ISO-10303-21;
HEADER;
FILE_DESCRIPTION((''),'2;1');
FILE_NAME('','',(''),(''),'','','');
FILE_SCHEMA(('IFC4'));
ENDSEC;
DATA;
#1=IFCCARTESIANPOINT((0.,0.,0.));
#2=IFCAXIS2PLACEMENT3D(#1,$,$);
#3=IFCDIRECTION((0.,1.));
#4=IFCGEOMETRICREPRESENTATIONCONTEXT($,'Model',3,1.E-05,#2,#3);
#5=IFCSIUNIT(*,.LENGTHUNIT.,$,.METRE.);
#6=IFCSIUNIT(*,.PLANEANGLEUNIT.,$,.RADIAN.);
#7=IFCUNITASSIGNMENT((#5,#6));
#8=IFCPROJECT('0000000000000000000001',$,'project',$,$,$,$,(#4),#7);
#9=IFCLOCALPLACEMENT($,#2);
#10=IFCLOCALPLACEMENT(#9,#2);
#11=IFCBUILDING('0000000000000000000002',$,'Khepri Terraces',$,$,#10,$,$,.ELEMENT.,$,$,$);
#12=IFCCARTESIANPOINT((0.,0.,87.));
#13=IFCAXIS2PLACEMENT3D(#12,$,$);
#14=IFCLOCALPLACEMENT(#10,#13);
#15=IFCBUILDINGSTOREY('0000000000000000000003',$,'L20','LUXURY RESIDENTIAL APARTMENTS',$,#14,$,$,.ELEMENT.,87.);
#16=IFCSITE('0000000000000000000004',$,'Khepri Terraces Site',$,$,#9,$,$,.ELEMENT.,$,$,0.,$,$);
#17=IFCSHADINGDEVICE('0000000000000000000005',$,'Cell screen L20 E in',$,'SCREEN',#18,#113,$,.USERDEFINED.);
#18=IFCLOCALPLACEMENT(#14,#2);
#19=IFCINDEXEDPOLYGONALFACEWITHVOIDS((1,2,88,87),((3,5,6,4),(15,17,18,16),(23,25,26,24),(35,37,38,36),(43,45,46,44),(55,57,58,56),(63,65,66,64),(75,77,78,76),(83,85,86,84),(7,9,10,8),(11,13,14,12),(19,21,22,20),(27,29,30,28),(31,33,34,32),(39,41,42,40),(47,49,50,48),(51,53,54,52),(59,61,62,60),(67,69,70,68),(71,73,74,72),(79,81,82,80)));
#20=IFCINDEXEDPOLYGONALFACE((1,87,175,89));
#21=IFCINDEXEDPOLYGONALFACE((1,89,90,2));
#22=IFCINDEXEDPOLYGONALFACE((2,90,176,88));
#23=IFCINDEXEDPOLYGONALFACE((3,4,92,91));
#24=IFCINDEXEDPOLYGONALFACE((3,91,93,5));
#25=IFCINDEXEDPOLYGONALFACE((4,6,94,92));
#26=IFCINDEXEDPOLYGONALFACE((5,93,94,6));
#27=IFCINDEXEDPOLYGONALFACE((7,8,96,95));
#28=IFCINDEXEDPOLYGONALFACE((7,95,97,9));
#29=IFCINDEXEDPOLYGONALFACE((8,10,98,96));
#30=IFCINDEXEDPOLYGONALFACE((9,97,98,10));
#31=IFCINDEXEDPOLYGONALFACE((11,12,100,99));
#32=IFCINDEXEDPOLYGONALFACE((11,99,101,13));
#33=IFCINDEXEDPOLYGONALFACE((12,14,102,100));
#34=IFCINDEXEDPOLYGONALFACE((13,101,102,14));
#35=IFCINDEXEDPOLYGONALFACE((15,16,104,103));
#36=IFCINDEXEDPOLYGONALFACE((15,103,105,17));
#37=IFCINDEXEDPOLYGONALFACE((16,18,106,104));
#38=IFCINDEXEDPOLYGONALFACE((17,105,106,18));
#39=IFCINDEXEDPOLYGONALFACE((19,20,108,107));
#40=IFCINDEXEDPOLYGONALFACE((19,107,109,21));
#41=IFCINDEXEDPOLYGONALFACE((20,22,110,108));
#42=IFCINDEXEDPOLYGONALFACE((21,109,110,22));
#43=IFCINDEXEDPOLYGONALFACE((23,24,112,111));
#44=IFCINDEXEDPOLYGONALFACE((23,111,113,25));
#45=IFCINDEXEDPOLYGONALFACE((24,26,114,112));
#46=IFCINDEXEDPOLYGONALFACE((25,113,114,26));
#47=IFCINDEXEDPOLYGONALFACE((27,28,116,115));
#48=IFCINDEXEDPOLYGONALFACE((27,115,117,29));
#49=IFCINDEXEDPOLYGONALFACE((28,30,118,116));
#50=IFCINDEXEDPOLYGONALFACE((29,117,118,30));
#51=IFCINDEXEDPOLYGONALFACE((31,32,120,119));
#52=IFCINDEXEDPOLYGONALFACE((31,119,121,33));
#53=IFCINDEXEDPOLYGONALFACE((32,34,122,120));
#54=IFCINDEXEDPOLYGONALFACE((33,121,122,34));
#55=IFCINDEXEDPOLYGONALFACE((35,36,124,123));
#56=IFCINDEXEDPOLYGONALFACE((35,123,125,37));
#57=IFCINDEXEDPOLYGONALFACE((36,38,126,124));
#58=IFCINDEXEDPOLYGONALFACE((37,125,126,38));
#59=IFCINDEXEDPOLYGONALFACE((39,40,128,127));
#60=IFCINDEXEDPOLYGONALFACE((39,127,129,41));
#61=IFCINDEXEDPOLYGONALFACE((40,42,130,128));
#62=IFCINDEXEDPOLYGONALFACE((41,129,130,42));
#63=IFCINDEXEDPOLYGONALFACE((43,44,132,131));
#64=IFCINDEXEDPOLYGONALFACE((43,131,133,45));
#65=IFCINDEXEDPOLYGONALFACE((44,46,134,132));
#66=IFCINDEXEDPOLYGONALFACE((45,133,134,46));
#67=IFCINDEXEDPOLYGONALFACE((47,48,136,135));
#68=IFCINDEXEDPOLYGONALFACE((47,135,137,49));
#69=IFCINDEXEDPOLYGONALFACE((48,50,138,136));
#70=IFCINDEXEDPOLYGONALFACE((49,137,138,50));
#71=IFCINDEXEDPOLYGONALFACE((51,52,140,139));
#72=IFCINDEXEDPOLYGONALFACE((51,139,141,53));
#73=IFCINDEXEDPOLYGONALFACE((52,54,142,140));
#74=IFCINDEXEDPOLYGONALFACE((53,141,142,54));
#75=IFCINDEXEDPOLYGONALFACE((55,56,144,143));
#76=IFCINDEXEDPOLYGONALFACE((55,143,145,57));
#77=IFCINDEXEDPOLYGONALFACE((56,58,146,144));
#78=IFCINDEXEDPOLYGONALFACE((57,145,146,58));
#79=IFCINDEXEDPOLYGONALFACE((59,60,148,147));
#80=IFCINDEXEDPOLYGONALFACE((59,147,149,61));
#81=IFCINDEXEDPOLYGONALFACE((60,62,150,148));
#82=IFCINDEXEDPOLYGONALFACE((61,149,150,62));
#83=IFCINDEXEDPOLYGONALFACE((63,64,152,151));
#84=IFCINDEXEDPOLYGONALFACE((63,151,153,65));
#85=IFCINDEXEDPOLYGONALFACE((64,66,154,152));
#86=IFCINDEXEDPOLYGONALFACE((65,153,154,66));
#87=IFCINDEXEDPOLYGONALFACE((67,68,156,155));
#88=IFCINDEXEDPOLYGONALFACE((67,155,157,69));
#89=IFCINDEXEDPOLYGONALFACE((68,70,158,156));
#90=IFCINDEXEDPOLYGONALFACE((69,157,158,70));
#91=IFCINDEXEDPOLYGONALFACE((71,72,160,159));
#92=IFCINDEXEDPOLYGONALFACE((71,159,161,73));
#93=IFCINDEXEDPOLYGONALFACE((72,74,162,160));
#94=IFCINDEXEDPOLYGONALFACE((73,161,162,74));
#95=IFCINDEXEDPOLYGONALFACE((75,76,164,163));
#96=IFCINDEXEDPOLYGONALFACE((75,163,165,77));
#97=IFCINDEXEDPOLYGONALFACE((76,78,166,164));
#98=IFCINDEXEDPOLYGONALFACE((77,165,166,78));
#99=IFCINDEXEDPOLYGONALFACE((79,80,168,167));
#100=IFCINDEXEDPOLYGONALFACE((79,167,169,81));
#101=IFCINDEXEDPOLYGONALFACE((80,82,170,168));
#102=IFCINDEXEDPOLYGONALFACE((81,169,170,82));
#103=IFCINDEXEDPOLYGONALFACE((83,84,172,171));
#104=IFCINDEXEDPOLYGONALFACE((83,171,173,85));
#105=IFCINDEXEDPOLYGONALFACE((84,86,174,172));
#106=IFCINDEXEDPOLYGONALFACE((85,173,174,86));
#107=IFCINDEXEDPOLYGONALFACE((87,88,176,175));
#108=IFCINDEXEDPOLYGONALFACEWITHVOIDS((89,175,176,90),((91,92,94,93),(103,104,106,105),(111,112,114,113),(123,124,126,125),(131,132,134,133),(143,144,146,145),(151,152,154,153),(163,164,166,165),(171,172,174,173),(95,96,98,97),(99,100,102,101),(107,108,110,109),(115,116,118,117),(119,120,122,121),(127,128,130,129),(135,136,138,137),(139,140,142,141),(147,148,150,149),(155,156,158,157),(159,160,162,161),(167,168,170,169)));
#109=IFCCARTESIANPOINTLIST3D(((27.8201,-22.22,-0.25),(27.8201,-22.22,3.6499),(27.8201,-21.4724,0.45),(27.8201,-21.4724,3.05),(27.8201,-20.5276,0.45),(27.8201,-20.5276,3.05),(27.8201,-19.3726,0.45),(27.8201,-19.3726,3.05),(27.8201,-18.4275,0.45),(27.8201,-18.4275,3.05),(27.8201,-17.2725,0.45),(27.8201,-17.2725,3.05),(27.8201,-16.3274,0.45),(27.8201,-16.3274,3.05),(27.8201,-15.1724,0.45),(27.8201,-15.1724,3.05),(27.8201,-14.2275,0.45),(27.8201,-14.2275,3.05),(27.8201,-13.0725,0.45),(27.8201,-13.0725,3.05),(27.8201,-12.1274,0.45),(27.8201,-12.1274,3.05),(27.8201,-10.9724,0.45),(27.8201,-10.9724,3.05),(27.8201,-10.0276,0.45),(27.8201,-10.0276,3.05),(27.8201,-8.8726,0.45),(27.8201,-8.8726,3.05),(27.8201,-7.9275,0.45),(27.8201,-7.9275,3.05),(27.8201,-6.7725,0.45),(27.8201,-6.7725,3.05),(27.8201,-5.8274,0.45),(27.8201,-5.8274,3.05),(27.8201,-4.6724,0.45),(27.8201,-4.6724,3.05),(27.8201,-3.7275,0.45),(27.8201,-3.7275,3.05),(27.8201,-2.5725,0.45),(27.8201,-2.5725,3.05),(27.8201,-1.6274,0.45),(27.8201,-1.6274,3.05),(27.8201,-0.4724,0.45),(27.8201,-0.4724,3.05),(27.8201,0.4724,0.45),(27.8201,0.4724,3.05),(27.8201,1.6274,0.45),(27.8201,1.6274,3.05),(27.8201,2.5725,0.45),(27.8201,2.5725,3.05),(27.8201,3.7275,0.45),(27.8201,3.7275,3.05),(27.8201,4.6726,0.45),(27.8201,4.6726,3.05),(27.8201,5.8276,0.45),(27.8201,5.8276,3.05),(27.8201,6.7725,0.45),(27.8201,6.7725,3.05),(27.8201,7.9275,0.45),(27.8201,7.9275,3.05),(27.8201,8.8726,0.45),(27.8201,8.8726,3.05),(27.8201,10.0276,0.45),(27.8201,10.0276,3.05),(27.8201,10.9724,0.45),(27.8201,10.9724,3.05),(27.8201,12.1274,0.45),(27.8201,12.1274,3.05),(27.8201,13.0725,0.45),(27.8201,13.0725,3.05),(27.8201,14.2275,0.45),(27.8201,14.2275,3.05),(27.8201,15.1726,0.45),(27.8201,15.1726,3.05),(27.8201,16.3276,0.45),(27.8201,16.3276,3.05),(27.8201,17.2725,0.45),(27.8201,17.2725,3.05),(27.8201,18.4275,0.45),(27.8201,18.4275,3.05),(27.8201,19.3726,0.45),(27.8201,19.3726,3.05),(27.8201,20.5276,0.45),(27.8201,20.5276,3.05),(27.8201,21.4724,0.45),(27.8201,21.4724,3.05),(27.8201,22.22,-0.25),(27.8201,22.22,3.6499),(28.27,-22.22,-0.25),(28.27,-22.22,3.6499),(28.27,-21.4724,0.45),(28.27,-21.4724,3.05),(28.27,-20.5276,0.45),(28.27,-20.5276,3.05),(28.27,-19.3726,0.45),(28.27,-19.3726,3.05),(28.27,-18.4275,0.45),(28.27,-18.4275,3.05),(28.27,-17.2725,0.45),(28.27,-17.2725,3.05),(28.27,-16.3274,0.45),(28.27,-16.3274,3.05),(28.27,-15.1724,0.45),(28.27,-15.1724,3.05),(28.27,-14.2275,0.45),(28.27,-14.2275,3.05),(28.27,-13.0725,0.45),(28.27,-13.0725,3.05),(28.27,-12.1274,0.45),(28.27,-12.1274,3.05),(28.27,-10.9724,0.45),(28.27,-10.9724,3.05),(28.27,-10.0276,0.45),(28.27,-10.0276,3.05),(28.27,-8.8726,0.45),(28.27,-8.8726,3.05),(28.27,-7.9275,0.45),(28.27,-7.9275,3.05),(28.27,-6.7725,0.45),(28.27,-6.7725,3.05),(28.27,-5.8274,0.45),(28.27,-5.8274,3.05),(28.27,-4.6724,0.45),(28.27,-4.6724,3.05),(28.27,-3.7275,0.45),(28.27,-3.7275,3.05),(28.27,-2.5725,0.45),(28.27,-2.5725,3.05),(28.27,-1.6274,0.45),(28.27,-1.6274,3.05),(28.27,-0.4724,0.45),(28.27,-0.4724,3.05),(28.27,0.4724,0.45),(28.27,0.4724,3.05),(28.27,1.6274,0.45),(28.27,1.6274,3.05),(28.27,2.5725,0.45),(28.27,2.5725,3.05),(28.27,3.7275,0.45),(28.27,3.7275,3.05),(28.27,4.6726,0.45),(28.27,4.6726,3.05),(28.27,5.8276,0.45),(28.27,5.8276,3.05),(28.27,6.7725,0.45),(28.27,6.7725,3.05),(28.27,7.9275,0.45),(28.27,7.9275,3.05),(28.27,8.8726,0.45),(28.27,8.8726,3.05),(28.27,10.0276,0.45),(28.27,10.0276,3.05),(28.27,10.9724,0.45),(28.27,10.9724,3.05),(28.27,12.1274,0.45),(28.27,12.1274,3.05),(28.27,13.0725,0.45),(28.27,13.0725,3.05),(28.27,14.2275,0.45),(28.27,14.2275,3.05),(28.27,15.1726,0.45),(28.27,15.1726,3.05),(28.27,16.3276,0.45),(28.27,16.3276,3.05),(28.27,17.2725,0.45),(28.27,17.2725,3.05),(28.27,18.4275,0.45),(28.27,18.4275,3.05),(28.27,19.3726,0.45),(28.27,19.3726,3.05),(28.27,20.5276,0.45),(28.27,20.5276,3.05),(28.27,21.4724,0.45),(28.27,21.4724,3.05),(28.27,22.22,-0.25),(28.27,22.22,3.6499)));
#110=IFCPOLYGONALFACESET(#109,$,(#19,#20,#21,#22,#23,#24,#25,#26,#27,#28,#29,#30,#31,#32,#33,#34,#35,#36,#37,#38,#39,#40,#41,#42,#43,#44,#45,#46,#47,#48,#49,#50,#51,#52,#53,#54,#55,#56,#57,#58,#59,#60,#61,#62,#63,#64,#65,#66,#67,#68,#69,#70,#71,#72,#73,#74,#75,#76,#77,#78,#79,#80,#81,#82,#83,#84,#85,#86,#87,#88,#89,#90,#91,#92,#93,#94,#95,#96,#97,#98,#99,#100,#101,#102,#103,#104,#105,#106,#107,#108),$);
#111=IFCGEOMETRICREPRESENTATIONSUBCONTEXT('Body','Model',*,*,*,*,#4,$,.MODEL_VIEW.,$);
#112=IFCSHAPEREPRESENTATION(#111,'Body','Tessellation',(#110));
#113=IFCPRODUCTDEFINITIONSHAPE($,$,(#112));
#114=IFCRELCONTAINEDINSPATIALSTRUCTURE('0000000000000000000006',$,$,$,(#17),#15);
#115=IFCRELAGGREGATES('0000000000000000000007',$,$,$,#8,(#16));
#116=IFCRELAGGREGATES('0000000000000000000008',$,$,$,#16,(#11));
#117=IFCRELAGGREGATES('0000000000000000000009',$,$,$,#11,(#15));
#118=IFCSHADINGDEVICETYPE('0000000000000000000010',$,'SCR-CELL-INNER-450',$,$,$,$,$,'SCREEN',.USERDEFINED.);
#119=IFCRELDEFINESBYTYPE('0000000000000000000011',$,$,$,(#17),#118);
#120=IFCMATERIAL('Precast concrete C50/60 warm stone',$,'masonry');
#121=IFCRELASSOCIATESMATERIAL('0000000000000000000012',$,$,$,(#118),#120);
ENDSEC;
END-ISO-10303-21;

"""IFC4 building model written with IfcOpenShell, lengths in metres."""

from ifc_helpers import new_model, si_unit, direction, frame, origin, place, context, subcontext, project, spatial, polyline, outline, extrude, material, type_object, element, save


model = new_model("IFC4")

# Units and contexts
model_context = context("Model", 3, precision=1e-05, world=origin(), true_north=direction((0.0, 1.0)))
body_context = subcontext(model_context, "Body", "Model", "MODEL_VIEW")
ifc_project = project(units=[si_unit("LENGTHUNIT", "METRE"), si_unit("PLANEANGLEUNIT", "RADIAN")], contexts=[model_context])

# Site, building, storey
site_placement = place(None, origin())
site = spatial("IfcSite", under=ifc_project, at=site_placement, Name="Khepri Terraces Site", CompositionType="ELEMENT", RefElevation=0.0)
building_placement = place(site_placement, origin())
building = spatial("IfcBuilding", under=site, at=building_placement, Name="Khepri Terraces", CompositionType="ELEMENT")
storey_placement = place(building_placement, frame((0.0, 0.0, 87.0)))
storey = spatial("IfcBuildingStorey", under=building, at=storey_placement, Name="L20", Description="LUXURY RESIDENTIAL APARTMENTS", CompositionType="ELEMENT", Elevation=87.0)

# Shared definitions
ifc_material_1 = material(Name="Precast concrete C50/60 warm stone", Category="masonry")

# Shading device
shading_device_type_1 = type_object("IfcShadingDeviceType", Name="SCR-CELL-INNER-450", ElementType="SCREEN", PredefinedType="USERDEFINED", material=ifc_material_1)
shading_device_1_placement = place(storey_placement, frame((27.8201, -22.22, -0.25), z_axis=(1.0, 0.0, 0.0), x_axis=(0.0, 1.0, 0.0)))
element("IfcShadingDevice", 1, at=shading_device_1_placement, inside=storey, type_object=shading_device_type_1, Name="Cell screen L20 E in", ObjectType="SCREEN", PredefinedType="USERDEFINED", context=body_context, shape_type="SweptSolid", body=[
    extrude(outline(polyline([(0.0, 0.0), (44.4399, 0.0), (44.4399, 3.8999), (0.0, 3.8999), (0.0, 0.0)]), holes=[polyline([(0.7476, 0.7), (1.6924, 0.7), (1.6924, 3.3), (0.7476, 3.3), (0.7476, 0.7)]), polyline([(2.8474, 0.7), (3.7925, 0.7), (3.7925, 3.3), (2.8474, 3.3), (2.8474, 0.7)]), polyline([(4.9475, 0.7), (5.8926, 0.7), (5.8926, 3.3), (4.9475, 3.3), (4.9475, 0.7)]), polyline([(7.0476, 0.7), (7.9924, 0.7), (7.9924, 3.3), (7.0476, 3.3), (7.0476, 0.7)]), polyline([(9.1475, 0.7), (10.0925, 0.7), (10.0925, 3.3), (9.1475, 3.3), (9.1475, 0.7)]), polyline([(11.2476, 0.7), (12.1924, 0.7), (12.1924, 3.3), (11.2476, 3.3), (11.2476, 0.7)]), polyline([(13.3474, 0.7), (14.2925, 0.7), (14.2925, 3.3), (13.3474, 3.3), (13.3474, 0.7)]), polyline([(15.4475, 0.7), (16.3926, 0.7), (16.3926, 3.3), (15.4475, 3.3), (15.4475, 0.7)]), polyline([(17.5476, 0.7), (18.4924, 0.7), (18.4924, 3.3), (17.5476, 3.3), (17.5476, 0.7)]), polyline([(19.6475, 0.7), (20.5925, 0.7), (20.5925, 3.3), (19.6475, 3.3), (19.6475, 0.7)]), polyline([(21.7476, 0.7), (22.6924, 0.7), (22.6924, 3.3), (21.7476, 3.3), (21.7476, 0.7)]), polyline([(23.8474, 0.7), (24.7925, 0.7), (24.7925, 3.3), (23.8474, 3.3), (23.8474, 0.7)]), polyline([(25.9475, 0.7), (26.8926, 0.7), (26.8926, 3.3), (25.9475, 3.3), (25.9475, 0.7)]), polyline([(28.0476, 0.7), (28.9924, 0.7), (28.9924, 3.3), (28.0476, 3.3), (28.0476, 0.7)]), polyline([(30.1475, 0.7), (31.0925, 0.7), (31.0925, 3.3), (30.1475, 3.3), (30.1475, 0.7)]), polyline([(32.2476, 0.7), (33.1924, 0.7), (33.1924, 3.3), (32.2476, 3.3), (32.2476, 0.7)]), polyline([(34.3474, 0.7), (35.2925, 0.7), (35.2925, 3.3), (34.3474, 3.3), (34.3474, 0.7)]), polyline([(36.4475, 0.7), (37.3926, 0.7), (37.3926, 3.3), (36.4475, 3.3), (36.4475, 0.7)]), polyline([(38.5476, 0.7), (39.4924, 0.7), (39.4924, 3.3), (38.5476, 3.3), (38.5476, 0.7)]), polyline([(40.6475, 0.7), (41.5925, 0.7), (41.5925, 3.3), (40.6475, 3.3), (40.6475, 0.7)]), polyline([(42.7476, 0.7), (43.6924, 0.7), (43.6924, 3.3), (42.7476, 3.3), (42.7476, 0.7)])]), origin(), (0.0, 0.0, 1.0), 0.45),
])

save(model, "model.ifc")
